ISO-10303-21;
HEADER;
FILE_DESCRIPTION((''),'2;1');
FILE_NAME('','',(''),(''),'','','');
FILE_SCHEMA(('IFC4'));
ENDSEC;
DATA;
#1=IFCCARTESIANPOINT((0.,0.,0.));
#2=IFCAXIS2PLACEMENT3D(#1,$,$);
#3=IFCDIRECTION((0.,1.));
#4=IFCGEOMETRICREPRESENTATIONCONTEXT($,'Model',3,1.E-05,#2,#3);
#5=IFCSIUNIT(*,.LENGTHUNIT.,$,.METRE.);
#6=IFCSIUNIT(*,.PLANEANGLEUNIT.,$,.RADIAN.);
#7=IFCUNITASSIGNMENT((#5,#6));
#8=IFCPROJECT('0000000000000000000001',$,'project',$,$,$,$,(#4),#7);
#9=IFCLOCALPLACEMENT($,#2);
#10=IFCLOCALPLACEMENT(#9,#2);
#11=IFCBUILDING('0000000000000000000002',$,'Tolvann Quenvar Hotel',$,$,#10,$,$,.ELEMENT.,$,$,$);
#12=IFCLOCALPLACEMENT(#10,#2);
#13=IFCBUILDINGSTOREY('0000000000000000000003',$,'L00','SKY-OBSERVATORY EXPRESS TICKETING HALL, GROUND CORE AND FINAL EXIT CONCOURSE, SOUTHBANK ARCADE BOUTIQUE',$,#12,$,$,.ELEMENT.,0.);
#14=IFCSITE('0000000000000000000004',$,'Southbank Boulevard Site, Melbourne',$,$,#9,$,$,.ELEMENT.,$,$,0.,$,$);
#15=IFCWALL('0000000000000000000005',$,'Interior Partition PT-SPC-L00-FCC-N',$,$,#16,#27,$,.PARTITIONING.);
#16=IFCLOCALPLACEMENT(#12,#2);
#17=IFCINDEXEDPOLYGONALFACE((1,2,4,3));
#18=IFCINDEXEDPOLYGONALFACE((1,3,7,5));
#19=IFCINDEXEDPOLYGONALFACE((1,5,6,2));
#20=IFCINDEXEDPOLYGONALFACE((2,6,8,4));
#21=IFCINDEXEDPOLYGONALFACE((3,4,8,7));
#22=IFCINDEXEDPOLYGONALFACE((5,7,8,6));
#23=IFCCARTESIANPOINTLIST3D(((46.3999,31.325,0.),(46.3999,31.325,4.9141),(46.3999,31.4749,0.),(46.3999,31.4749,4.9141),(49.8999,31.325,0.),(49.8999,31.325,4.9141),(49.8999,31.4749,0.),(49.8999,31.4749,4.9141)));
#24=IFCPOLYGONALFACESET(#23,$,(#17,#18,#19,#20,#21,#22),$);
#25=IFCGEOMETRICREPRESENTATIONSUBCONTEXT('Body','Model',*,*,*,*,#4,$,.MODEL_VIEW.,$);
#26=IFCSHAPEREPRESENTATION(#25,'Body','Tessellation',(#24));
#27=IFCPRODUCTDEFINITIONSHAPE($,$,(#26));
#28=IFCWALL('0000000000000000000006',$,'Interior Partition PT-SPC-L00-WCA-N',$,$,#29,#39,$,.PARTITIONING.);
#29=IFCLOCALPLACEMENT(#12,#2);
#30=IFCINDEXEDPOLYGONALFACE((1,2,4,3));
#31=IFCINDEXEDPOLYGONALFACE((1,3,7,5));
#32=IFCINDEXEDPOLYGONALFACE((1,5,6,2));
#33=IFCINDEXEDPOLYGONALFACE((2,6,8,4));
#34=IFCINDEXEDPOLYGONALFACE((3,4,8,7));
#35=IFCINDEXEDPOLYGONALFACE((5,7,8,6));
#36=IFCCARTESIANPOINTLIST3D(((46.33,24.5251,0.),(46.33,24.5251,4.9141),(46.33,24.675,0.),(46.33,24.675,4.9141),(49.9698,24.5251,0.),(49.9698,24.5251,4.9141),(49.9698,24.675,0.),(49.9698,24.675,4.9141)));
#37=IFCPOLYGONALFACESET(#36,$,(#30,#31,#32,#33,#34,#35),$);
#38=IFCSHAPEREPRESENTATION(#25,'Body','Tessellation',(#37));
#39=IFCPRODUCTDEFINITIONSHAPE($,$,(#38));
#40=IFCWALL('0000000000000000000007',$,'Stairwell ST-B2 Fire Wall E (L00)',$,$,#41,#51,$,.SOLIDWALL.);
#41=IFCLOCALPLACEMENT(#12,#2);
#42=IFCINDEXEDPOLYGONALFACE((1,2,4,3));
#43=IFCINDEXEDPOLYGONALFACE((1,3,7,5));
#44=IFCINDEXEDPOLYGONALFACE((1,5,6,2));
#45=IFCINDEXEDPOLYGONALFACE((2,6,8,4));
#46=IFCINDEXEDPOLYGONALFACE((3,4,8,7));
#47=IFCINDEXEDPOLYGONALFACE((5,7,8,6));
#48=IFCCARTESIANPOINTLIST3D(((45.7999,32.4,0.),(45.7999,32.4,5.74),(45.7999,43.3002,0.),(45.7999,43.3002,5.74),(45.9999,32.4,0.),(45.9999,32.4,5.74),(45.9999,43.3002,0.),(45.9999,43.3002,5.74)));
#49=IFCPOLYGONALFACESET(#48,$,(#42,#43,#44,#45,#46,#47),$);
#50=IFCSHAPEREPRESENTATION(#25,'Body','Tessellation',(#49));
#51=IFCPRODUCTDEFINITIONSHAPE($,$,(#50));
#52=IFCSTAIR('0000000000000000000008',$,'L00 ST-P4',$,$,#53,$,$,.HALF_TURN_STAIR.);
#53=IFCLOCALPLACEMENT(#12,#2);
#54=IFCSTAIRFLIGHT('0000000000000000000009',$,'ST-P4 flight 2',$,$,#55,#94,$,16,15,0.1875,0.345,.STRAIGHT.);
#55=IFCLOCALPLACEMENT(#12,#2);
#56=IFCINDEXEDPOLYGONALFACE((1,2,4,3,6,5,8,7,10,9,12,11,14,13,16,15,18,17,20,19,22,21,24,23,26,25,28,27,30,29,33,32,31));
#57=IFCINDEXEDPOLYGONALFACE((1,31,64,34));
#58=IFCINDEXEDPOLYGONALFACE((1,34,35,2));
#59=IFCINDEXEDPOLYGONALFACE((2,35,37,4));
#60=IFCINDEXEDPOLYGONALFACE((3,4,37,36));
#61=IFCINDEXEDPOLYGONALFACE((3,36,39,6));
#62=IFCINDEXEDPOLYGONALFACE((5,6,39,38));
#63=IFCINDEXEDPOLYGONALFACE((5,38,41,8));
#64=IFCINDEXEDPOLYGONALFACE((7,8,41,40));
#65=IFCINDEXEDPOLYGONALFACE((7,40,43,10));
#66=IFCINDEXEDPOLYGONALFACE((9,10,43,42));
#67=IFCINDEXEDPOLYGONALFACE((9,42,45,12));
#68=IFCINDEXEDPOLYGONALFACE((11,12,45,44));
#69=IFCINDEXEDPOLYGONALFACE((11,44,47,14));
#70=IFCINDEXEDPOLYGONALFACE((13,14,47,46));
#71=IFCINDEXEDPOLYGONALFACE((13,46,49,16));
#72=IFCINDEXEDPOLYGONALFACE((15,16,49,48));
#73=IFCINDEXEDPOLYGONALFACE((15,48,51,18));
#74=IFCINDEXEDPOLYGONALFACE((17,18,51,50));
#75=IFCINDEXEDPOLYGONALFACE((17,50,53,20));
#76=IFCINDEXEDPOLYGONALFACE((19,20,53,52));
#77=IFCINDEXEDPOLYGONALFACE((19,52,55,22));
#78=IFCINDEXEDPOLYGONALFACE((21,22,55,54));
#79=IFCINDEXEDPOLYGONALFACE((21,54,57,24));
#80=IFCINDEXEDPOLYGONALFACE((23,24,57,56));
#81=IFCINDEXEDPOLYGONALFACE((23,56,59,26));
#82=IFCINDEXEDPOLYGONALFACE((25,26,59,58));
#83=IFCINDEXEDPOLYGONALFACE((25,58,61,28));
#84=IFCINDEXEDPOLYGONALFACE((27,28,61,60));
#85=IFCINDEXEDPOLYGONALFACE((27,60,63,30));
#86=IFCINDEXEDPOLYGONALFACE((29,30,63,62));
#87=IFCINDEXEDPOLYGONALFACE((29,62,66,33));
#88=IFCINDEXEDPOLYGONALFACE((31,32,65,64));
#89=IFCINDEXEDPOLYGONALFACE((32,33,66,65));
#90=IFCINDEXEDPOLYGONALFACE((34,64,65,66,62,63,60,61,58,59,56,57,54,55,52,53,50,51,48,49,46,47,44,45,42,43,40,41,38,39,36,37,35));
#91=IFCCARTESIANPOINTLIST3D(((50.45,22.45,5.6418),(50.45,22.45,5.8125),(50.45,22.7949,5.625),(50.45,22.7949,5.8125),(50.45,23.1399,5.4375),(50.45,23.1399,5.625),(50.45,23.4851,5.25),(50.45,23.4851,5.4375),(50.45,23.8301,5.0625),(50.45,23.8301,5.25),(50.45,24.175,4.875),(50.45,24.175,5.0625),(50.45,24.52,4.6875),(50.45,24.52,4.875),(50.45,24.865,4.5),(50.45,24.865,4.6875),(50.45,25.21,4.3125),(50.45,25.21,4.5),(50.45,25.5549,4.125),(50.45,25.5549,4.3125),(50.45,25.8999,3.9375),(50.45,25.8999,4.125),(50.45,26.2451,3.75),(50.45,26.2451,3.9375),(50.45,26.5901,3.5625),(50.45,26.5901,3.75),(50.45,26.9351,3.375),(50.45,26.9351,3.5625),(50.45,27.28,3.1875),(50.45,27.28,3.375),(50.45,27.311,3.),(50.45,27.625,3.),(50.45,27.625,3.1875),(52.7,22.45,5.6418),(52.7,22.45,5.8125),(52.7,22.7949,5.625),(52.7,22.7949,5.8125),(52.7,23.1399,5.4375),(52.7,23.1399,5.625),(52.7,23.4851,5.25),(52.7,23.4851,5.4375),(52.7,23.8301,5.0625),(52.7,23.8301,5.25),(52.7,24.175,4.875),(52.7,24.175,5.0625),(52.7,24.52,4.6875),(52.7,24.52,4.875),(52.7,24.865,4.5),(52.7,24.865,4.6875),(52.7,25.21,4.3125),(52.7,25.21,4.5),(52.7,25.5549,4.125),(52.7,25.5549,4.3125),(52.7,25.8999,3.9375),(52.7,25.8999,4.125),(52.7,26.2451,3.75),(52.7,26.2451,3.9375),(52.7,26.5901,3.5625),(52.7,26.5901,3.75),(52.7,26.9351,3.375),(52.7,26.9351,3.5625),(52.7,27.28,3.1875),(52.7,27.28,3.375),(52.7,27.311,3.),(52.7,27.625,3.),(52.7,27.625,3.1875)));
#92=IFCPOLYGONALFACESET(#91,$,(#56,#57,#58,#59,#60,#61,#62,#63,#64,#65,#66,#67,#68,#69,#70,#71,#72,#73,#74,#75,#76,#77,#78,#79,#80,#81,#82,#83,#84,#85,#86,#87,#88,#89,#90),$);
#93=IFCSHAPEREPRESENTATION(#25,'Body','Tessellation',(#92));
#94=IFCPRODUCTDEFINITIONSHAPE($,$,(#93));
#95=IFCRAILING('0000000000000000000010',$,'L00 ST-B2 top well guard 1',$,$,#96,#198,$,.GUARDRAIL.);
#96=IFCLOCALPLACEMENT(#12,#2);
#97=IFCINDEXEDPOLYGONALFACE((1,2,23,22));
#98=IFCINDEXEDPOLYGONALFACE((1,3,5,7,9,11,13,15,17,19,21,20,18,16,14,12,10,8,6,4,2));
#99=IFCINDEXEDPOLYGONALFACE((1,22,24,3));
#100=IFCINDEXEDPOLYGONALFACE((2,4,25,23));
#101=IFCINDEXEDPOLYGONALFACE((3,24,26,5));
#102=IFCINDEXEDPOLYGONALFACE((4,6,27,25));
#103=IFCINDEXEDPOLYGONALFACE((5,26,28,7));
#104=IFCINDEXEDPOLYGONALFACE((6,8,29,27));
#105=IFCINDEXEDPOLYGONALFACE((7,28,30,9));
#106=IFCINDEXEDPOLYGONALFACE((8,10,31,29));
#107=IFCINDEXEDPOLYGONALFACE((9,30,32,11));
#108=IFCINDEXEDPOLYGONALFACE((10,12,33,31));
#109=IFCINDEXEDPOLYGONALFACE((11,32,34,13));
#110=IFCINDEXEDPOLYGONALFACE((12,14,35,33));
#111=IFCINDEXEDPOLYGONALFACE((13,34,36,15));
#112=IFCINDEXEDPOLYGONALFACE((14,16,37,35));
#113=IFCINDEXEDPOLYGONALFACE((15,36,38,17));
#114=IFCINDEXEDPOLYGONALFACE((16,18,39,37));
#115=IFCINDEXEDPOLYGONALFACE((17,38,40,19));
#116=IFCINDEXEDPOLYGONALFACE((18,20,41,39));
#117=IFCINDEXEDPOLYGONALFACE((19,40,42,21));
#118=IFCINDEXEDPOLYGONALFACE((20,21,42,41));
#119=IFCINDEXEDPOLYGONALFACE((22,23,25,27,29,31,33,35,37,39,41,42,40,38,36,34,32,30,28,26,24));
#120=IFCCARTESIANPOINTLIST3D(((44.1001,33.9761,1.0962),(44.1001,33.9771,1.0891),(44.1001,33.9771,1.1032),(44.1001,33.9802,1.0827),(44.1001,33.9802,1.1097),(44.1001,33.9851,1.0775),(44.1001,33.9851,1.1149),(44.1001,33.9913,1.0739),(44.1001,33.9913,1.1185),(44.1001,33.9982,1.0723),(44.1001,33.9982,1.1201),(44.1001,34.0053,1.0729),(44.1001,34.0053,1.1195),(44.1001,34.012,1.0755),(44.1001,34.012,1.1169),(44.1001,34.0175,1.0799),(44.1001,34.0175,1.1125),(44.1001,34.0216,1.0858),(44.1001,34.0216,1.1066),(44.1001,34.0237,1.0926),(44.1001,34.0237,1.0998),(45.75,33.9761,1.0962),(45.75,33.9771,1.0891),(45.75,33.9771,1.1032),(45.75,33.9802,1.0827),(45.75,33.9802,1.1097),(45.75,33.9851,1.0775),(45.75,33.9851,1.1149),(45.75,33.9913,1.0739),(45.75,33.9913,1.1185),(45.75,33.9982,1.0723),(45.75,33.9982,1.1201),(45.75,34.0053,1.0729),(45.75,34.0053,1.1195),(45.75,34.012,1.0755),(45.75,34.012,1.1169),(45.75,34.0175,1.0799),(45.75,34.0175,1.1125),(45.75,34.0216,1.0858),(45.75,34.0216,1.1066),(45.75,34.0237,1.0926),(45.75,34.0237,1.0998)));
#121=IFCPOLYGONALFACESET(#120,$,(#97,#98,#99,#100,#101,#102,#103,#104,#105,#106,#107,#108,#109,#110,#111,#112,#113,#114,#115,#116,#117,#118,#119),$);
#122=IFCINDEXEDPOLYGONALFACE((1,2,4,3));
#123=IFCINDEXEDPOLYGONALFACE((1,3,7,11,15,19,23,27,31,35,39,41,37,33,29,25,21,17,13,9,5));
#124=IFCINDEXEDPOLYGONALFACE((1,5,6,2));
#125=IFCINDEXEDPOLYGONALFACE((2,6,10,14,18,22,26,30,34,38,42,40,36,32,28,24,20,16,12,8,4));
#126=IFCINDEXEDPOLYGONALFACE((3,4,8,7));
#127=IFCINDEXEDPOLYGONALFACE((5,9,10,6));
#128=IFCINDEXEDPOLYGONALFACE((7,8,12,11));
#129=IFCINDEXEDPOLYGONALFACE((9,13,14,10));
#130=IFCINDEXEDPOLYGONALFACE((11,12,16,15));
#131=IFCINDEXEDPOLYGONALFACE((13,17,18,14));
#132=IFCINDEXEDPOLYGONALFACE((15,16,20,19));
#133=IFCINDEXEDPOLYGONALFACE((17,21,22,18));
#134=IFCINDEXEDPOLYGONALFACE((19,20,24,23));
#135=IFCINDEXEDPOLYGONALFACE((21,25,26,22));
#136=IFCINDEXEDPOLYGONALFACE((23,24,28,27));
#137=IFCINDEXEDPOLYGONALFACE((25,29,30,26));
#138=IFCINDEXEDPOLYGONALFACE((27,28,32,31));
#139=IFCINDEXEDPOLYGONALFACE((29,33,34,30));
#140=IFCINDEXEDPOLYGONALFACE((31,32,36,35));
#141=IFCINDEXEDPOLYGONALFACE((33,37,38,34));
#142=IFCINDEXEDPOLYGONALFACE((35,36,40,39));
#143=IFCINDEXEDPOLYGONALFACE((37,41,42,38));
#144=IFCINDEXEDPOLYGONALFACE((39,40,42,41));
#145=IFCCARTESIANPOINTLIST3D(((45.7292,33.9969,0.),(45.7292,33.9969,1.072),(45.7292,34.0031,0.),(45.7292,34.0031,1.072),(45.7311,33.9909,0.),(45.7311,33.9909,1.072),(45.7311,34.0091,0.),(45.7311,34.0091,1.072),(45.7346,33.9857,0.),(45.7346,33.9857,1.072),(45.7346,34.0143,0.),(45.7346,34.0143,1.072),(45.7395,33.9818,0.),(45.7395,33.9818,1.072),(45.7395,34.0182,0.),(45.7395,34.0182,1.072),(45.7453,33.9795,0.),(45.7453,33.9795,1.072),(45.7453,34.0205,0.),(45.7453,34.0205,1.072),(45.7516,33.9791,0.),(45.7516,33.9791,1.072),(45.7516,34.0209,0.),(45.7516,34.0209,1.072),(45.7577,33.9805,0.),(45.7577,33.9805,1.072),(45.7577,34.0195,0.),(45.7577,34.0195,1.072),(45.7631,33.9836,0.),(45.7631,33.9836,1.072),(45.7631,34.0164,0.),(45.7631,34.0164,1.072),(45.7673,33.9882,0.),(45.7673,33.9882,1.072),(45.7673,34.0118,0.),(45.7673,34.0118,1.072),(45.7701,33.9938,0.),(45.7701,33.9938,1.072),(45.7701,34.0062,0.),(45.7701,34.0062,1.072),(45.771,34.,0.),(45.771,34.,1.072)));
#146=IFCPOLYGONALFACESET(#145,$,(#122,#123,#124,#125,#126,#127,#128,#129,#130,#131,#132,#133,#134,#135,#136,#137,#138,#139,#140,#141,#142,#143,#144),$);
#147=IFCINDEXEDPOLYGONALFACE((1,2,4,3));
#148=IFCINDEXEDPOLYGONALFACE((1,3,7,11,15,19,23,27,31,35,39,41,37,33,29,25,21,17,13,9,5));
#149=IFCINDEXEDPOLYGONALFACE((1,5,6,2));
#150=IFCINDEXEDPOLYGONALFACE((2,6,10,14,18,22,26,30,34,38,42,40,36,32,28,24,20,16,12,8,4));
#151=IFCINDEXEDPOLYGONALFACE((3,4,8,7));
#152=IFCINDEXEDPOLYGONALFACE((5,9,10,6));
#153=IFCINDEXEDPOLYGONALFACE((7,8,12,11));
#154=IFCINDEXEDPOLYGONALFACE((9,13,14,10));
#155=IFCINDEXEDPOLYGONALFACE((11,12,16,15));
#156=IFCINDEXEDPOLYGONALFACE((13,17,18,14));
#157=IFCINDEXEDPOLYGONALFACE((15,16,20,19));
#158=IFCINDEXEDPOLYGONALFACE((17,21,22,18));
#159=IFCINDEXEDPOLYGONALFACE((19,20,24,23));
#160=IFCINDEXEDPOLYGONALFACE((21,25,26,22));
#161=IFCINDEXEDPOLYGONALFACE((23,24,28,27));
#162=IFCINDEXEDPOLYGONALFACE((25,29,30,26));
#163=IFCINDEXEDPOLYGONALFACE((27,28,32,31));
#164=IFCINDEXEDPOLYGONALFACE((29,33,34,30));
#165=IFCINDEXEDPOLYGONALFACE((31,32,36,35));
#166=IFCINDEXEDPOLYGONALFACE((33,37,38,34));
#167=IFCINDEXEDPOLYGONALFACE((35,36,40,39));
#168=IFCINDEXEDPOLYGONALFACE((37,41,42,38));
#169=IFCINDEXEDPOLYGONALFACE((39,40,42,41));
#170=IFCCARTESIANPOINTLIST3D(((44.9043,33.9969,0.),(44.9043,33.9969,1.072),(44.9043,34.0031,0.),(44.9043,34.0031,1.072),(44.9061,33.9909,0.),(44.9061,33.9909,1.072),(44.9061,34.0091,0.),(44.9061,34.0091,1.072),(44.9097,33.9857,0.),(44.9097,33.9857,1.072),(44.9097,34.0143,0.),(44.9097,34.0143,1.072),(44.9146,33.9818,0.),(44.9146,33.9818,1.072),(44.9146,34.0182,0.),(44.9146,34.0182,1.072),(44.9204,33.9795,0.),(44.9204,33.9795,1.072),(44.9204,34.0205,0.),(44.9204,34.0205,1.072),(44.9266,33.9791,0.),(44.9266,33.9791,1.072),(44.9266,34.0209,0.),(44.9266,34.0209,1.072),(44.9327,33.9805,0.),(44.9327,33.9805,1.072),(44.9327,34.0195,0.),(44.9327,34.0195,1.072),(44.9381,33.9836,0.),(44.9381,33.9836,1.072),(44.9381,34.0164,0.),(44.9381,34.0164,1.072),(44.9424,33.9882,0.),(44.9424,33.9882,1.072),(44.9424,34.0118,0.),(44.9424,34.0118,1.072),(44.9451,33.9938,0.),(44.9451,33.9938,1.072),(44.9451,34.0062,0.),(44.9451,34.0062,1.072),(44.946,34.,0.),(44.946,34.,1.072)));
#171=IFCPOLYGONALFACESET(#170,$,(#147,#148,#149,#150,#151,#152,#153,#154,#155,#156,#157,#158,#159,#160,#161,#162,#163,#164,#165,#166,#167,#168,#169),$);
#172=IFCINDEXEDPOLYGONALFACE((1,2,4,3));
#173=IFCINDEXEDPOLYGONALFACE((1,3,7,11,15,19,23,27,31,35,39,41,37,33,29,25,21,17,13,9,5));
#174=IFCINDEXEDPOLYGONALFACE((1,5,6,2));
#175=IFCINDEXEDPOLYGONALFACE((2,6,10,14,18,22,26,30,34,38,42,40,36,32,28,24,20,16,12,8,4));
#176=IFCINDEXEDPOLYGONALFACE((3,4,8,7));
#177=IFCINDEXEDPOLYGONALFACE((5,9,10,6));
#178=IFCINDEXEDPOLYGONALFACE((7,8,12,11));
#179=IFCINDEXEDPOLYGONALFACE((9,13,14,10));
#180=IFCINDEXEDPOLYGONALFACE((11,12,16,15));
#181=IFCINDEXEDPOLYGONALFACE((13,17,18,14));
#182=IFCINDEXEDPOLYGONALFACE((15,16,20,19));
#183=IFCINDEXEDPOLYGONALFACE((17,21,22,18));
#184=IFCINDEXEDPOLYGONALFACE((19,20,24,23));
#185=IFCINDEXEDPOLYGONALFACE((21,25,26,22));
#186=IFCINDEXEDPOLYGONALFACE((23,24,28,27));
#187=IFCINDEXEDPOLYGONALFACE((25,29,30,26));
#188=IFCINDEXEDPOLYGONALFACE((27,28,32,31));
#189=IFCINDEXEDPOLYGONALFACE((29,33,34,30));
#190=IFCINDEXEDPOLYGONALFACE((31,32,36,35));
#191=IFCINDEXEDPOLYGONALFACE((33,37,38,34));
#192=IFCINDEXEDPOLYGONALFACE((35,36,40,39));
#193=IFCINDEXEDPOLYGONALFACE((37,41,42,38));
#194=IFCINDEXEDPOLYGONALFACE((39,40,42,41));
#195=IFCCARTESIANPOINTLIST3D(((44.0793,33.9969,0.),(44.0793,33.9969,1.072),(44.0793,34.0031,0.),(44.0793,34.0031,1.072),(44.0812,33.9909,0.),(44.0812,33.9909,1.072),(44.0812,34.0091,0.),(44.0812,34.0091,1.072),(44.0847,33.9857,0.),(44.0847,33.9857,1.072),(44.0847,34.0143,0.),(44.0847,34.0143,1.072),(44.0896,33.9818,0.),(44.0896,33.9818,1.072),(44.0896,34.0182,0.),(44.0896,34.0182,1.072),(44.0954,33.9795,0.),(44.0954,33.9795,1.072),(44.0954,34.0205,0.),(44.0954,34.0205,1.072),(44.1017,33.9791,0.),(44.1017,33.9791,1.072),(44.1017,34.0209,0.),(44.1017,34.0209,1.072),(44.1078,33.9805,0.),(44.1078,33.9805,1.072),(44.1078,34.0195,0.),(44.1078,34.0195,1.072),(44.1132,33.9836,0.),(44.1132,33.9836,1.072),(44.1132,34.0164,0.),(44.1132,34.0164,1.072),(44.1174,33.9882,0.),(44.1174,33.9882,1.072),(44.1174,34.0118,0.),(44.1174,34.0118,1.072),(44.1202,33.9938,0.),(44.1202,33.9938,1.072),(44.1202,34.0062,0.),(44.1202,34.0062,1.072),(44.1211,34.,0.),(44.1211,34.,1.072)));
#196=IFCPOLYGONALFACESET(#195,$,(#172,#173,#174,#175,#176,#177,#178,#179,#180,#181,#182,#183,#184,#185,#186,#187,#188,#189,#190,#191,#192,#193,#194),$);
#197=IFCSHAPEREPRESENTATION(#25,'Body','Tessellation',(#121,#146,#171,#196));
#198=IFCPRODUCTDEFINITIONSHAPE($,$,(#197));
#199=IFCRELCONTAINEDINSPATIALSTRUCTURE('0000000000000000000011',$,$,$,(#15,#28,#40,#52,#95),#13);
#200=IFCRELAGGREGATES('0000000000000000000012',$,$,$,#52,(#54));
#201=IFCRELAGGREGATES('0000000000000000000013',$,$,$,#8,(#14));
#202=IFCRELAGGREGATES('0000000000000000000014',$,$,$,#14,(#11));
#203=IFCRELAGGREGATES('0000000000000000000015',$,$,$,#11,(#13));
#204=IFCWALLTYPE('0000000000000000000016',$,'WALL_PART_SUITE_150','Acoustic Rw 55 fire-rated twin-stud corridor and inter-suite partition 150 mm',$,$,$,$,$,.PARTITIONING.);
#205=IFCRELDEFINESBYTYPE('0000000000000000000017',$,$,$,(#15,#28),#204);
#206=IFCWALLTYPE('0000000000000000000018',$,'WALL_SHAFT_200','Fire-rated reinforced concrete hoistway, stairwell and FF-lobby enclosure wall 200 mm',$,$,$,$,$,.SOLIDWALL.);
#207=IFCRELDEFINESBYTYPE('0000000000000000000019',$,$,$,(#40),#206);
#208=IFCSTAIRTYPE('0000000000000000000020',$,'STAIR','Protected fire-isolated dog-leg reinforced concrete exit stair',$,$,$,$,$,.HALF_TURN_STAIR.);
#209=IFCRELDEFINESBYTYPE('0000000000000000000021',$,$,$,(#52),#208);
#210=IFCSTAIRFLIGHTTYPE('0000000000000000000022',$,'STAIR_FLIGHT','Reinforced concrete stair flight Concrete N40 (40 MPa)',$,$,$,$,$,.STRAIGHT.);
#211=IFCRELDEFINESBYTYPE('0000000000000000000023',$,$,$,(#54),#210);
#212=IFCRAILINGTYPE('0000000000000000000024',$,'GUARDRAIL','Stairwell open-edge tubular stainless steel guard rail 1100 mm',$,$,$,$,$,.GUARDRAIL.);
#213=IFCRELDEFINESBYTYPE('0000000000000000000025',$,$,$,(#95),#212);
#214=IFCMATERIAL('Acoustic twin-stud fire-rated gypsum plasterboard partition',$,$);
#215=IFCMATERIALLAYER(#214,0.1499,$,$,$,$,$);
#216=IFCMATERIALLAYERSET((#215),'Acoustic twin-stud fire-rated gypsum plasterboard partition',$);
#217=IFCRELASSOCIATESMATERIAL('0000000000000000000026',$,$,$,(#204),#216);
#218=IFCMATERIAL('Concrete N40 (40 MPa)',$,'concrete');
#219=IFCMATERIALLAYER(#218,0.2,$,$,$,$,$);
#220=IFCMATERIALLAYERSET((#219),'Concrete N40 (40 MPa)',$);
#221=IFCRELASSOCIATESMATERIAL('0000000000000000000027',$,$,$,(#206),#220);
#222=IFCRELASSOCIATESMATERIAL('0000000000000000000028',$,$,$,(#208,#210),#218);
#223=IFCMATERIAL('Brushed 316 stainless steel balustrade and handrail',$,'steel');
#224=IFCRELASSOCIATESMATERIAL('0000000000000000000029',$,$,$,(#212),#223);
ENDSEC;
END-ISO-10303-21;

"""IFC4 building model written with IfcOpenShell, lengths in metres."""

from ifc_helpers import new_model, si_unit, direction, frame, frame_2d, origin, origin_2d, place, context, subcontext, project, spatial, polyline, rectangle, circle, outline, extrude, material, layer, layer_set, type_object, element, aggregate, save


model = new_model("IFC4")

# Units and contexts
model_context = context("Model", 3, precision=1e-05, world=origin(), true_north=direction((0.0, 1.0)))
body_context = subcontext(model_context, "Body", "Model", "MODEL_VIEW")
ifc_project = project(units=[si_unit("LENGTHUNIT", "METRE"), si_unit("PLANEANGLEUNIT", "RADIAN")], contexts=[model_context])

# Site, building, storey
site_placement = place(None, origin())
site = spatial("IfcSite", under=ifc_project, at=site_placement, Name="Southbank Boulevard Site, Melbourne", CompositionType="ELEMENT", RefElevation=0.0)
building_placement = place(site_placement, origin())
building = spatial("IfcBuilding", under=site, at=building_placement, Name="Tolvann Quenvar Hotel", CompositionType="ELEMENT")
storey_placement = place(building_placement, origin())
storey = spatial("IfcBuildingStorey", under=building, at=storey_placement, Name="L00", Description="SKY-OBSERVATORY EXPRESS TICKETING HALL, GROUND CORE AND FINAL EXIT CONCOURSE, SOUTHBANK ARCADE BOUTIQUE", CompositionType="ELEMENT", Elevation=0.0)

# Shared definitions
ifc_material_1 = material(Name="Acoustic twin-stud fire-rated gypsum plasterboard partition")

# Shared definitions
ifc_layer_1 = layer(ifc_material_1, 0.1499)
ifc_layer_set_1 = layer_set([ifc_layer_1], Name="Acoustic twin-stud fire-rated gypsum plasterboard partition")
wall_type_1 = type_object("IfcWallType", Name="WALL_PART_SUITE_150", Description="Acoustic Rw 55 fire-rated twin-stud corridor and inter-suite partition 150 mm", PredefinedType="PARTITIONING", material=ifc_layer_set_1)

# Walls
wall_1_placement = place(storey_placement, frame((46.3999, 31.3999, 0.0), z_axis=(0.0, 0.0, 1.0), x_axis=(1.0, 0.0, 0.0)))
element("IfcWall", 1, at=wall_1_placement, inside=storey, type_object=wall_type_1, Name="Interior Partition PT-SPC-L00-FCC-N", PredefinedType="PARTITIONING", context=body_context, shape_type="SweptSolid", body=[
    extrude(rectangle(XDim=3.5, YDim=0.1499, at=frame_2d((1.75, 0.0))), origin(), (0.0, 0.0, 1.0), 4.9141),
])
wall_2_placement = place(storey_placement, frame((46.3301, 24.6001, 0.0), z_axis=(0.0, 0.0, 1.0), x_axis=(1.0, 0.0, 0.0)))
element("IfcWall", 2, at=wall_2_placement, inside=storey, type_object=wall_type_1, Name="Interior Partition PT-SPC-L00-WCA-N", PredefinedType="PARTITIONING", context=body_context, shape_type="SweptSolid", body=[
    extrude(rectangle(XDim=3.6399, YDim=0.1499, at=frame_2d((1.8198, 0.0))), origin(), (0.0, 0.0, 1.0), 4.9141),
])
ifc_material_2 = material(Name="Concrete N40 (40 MPa)", Category="concrete")
ifc_layer_2 = layer(ifc_material_2, 0.2)
ifc_layer_set_2 = layer_set([ifc_layer_2], Name="Concrete N40 (40 MPa)")
wall_type_2 = type_object("IfcWallType", Name="WALL_SHAFT_200", Description="Fire-rated reinforced concrete hoistway, stairwell and FF-lobby enclosure wall 200 mm", PredefinedType="SOLIDWALL", material=ifc_layer_set_2)
wall_3_placement = place(storey_placement, frame((45.8999, 32.3999, 0.0), z_axis=(0.0, 0.0, 1.0), x_axis=(0.0, 1.0, 0.0)))
element("IfcWall", 3, at=wall_3_placement, inside=storey, type_object=wall_type_2, Name="Stairwell ST-B2 Fire Wall E (L00)", PredefinedType="SOLIDWALL", context=body_context, shape_type="SweptSolid", body=[
    extrude(rectangle(XDim=10.9001, YDim=0.2, at=frame_2d((5.4502, 0.0))), origin(), (0.0, 0.0, 1.0), 5.74),
])

# Stair, stair flight
stair_type = type_object("IfcStairType", Name="STAIR", Description="Protected fire-isolated dog-leg reinforced concrete exit stair", PredefinedType="HALF_TURN_STAIR", material=ifc_material_2)
stair_placement = place(storey_placement, origin())
stair = element("IfcStair", 4, at=stair_placement, inside=storey, type_object=stair_type, Name="L00 ST-P4", PredefinedType="HALF_TURN_STAIR")
stair_flight_type = type_object("IfcStairFlightType", Name="STAIR_FLIGHT", Description="Reinforced concrete stair flight Concrete N40 (40 MPa)", PredefinedType="STRAIGHT", material=ifc_material_2)
stair_flight_placement = place(storey_placement, frame((51.575, 27.625, 3.0), z_axis=(0.0, 0.0, 1.0), x_axis=(0.0, -1.0, 0.0)))
stair_flight = element("IfcStairFlight", 5, at=stair_flight_placement, type_object=stair_flight_type, Name="ST-P4 flight 2", NumberOfRisers=16, NumberOfTreads=15, PredefinedType="STRAIGHT", RiserHeight=0.1875, TreadLength=0.345, context=body_context, shape_type="SweptSolid", body=[
    extrude(outline(polyline([(0.0, 0.0), (0.0, 0.1875), (0.345, 0.1875), (0.345, 0.375), (0.6899, 0.375), (0.6899, 0.5625), (1.0349, 0.5625), (1.0349, 0.75), (1.3799, 0.75), (1.3799, 0.9375), (1.7251, 0.9375), (1.7251, 1.125), (2.0701, 1.125), (2.0701, 1.3125), (2.415, 1.3125), (2.415, 1.5), (2.76, 1.5), (2.76, 1.6875), (3.105, 1.6875), (3.105, 1.875), (3.45, 1.875), (3.45, 2.0625), (3.7949, 2.0625), (3.7949, 2.25), (4.1399, 2.25), (4.1399, 2.4375), (4.4851, 2.4375), (4.4851, 2.625), (4.8301, 2.625), (4.8301, 2.8125), (5.175, 2.8125), (5.175, 3.0), (5.175, 2.6418), (0.314, 0.0), (0.0, 0.0)])), frame((0.0, 1.125, 0.0), z_axis=(0.0, -1.0, 0.0), x_axis=(1.0, 0.0, 0.0)), (0.0, 0.0, 1.0), 2.25),
])
aggregate(stair, [stair_flight])

# Railing
ifc_material_3 = material(Name="Brushed 316 stainless steel balustrade and handrail", Category="steel")
railing_type_1 = type_object("IfcRailingType", Name="GUARDRAIL", Description="Stairwell open-edge tubular stainless steel guard rail 1100 mm", PredefinedType="GUARDRAIL", material=ifc_material_3)
railing_1_placement = place(storey_placement, frame((45.75, 34.0, 0.0)))
element("IfcRailing", 6, at=railing_1_placement, inside=storey, type_object=railing_type_1, Name="L00 ST-B2 top well guard 1", PredefinedType="GUARDRAIL", context=body_context, shape_type="SweptSolid", body=[
    extrude(circle(Radius=0.0239, at=origin_2d()), frame((0.0, 0.0, 1.0962), z_axis=(-1.0, 0.0, 0.0), x_axis=(0.0, -1.0, 0.0)), (0.0, 0.0, 1.0), 1.6499),
    extrude(circle(Radius=0.021, at=origin_2d()), origin(), (0.0, 0.0, 1.0), 1.072),
    extrude(circle(Radius=0.021, at=origin_2d()), frame((-0.825, 0.0, 0.0)), (0.0, 0.0, 1.0), 1.072),
    extrude(circle(Radius=0.021, at=origin_2d()), frame((-1.6499, 0.0, 0.0)), (0.0, 0.0, 1.0), 1.072),
])

save(model, "model.ifc")
